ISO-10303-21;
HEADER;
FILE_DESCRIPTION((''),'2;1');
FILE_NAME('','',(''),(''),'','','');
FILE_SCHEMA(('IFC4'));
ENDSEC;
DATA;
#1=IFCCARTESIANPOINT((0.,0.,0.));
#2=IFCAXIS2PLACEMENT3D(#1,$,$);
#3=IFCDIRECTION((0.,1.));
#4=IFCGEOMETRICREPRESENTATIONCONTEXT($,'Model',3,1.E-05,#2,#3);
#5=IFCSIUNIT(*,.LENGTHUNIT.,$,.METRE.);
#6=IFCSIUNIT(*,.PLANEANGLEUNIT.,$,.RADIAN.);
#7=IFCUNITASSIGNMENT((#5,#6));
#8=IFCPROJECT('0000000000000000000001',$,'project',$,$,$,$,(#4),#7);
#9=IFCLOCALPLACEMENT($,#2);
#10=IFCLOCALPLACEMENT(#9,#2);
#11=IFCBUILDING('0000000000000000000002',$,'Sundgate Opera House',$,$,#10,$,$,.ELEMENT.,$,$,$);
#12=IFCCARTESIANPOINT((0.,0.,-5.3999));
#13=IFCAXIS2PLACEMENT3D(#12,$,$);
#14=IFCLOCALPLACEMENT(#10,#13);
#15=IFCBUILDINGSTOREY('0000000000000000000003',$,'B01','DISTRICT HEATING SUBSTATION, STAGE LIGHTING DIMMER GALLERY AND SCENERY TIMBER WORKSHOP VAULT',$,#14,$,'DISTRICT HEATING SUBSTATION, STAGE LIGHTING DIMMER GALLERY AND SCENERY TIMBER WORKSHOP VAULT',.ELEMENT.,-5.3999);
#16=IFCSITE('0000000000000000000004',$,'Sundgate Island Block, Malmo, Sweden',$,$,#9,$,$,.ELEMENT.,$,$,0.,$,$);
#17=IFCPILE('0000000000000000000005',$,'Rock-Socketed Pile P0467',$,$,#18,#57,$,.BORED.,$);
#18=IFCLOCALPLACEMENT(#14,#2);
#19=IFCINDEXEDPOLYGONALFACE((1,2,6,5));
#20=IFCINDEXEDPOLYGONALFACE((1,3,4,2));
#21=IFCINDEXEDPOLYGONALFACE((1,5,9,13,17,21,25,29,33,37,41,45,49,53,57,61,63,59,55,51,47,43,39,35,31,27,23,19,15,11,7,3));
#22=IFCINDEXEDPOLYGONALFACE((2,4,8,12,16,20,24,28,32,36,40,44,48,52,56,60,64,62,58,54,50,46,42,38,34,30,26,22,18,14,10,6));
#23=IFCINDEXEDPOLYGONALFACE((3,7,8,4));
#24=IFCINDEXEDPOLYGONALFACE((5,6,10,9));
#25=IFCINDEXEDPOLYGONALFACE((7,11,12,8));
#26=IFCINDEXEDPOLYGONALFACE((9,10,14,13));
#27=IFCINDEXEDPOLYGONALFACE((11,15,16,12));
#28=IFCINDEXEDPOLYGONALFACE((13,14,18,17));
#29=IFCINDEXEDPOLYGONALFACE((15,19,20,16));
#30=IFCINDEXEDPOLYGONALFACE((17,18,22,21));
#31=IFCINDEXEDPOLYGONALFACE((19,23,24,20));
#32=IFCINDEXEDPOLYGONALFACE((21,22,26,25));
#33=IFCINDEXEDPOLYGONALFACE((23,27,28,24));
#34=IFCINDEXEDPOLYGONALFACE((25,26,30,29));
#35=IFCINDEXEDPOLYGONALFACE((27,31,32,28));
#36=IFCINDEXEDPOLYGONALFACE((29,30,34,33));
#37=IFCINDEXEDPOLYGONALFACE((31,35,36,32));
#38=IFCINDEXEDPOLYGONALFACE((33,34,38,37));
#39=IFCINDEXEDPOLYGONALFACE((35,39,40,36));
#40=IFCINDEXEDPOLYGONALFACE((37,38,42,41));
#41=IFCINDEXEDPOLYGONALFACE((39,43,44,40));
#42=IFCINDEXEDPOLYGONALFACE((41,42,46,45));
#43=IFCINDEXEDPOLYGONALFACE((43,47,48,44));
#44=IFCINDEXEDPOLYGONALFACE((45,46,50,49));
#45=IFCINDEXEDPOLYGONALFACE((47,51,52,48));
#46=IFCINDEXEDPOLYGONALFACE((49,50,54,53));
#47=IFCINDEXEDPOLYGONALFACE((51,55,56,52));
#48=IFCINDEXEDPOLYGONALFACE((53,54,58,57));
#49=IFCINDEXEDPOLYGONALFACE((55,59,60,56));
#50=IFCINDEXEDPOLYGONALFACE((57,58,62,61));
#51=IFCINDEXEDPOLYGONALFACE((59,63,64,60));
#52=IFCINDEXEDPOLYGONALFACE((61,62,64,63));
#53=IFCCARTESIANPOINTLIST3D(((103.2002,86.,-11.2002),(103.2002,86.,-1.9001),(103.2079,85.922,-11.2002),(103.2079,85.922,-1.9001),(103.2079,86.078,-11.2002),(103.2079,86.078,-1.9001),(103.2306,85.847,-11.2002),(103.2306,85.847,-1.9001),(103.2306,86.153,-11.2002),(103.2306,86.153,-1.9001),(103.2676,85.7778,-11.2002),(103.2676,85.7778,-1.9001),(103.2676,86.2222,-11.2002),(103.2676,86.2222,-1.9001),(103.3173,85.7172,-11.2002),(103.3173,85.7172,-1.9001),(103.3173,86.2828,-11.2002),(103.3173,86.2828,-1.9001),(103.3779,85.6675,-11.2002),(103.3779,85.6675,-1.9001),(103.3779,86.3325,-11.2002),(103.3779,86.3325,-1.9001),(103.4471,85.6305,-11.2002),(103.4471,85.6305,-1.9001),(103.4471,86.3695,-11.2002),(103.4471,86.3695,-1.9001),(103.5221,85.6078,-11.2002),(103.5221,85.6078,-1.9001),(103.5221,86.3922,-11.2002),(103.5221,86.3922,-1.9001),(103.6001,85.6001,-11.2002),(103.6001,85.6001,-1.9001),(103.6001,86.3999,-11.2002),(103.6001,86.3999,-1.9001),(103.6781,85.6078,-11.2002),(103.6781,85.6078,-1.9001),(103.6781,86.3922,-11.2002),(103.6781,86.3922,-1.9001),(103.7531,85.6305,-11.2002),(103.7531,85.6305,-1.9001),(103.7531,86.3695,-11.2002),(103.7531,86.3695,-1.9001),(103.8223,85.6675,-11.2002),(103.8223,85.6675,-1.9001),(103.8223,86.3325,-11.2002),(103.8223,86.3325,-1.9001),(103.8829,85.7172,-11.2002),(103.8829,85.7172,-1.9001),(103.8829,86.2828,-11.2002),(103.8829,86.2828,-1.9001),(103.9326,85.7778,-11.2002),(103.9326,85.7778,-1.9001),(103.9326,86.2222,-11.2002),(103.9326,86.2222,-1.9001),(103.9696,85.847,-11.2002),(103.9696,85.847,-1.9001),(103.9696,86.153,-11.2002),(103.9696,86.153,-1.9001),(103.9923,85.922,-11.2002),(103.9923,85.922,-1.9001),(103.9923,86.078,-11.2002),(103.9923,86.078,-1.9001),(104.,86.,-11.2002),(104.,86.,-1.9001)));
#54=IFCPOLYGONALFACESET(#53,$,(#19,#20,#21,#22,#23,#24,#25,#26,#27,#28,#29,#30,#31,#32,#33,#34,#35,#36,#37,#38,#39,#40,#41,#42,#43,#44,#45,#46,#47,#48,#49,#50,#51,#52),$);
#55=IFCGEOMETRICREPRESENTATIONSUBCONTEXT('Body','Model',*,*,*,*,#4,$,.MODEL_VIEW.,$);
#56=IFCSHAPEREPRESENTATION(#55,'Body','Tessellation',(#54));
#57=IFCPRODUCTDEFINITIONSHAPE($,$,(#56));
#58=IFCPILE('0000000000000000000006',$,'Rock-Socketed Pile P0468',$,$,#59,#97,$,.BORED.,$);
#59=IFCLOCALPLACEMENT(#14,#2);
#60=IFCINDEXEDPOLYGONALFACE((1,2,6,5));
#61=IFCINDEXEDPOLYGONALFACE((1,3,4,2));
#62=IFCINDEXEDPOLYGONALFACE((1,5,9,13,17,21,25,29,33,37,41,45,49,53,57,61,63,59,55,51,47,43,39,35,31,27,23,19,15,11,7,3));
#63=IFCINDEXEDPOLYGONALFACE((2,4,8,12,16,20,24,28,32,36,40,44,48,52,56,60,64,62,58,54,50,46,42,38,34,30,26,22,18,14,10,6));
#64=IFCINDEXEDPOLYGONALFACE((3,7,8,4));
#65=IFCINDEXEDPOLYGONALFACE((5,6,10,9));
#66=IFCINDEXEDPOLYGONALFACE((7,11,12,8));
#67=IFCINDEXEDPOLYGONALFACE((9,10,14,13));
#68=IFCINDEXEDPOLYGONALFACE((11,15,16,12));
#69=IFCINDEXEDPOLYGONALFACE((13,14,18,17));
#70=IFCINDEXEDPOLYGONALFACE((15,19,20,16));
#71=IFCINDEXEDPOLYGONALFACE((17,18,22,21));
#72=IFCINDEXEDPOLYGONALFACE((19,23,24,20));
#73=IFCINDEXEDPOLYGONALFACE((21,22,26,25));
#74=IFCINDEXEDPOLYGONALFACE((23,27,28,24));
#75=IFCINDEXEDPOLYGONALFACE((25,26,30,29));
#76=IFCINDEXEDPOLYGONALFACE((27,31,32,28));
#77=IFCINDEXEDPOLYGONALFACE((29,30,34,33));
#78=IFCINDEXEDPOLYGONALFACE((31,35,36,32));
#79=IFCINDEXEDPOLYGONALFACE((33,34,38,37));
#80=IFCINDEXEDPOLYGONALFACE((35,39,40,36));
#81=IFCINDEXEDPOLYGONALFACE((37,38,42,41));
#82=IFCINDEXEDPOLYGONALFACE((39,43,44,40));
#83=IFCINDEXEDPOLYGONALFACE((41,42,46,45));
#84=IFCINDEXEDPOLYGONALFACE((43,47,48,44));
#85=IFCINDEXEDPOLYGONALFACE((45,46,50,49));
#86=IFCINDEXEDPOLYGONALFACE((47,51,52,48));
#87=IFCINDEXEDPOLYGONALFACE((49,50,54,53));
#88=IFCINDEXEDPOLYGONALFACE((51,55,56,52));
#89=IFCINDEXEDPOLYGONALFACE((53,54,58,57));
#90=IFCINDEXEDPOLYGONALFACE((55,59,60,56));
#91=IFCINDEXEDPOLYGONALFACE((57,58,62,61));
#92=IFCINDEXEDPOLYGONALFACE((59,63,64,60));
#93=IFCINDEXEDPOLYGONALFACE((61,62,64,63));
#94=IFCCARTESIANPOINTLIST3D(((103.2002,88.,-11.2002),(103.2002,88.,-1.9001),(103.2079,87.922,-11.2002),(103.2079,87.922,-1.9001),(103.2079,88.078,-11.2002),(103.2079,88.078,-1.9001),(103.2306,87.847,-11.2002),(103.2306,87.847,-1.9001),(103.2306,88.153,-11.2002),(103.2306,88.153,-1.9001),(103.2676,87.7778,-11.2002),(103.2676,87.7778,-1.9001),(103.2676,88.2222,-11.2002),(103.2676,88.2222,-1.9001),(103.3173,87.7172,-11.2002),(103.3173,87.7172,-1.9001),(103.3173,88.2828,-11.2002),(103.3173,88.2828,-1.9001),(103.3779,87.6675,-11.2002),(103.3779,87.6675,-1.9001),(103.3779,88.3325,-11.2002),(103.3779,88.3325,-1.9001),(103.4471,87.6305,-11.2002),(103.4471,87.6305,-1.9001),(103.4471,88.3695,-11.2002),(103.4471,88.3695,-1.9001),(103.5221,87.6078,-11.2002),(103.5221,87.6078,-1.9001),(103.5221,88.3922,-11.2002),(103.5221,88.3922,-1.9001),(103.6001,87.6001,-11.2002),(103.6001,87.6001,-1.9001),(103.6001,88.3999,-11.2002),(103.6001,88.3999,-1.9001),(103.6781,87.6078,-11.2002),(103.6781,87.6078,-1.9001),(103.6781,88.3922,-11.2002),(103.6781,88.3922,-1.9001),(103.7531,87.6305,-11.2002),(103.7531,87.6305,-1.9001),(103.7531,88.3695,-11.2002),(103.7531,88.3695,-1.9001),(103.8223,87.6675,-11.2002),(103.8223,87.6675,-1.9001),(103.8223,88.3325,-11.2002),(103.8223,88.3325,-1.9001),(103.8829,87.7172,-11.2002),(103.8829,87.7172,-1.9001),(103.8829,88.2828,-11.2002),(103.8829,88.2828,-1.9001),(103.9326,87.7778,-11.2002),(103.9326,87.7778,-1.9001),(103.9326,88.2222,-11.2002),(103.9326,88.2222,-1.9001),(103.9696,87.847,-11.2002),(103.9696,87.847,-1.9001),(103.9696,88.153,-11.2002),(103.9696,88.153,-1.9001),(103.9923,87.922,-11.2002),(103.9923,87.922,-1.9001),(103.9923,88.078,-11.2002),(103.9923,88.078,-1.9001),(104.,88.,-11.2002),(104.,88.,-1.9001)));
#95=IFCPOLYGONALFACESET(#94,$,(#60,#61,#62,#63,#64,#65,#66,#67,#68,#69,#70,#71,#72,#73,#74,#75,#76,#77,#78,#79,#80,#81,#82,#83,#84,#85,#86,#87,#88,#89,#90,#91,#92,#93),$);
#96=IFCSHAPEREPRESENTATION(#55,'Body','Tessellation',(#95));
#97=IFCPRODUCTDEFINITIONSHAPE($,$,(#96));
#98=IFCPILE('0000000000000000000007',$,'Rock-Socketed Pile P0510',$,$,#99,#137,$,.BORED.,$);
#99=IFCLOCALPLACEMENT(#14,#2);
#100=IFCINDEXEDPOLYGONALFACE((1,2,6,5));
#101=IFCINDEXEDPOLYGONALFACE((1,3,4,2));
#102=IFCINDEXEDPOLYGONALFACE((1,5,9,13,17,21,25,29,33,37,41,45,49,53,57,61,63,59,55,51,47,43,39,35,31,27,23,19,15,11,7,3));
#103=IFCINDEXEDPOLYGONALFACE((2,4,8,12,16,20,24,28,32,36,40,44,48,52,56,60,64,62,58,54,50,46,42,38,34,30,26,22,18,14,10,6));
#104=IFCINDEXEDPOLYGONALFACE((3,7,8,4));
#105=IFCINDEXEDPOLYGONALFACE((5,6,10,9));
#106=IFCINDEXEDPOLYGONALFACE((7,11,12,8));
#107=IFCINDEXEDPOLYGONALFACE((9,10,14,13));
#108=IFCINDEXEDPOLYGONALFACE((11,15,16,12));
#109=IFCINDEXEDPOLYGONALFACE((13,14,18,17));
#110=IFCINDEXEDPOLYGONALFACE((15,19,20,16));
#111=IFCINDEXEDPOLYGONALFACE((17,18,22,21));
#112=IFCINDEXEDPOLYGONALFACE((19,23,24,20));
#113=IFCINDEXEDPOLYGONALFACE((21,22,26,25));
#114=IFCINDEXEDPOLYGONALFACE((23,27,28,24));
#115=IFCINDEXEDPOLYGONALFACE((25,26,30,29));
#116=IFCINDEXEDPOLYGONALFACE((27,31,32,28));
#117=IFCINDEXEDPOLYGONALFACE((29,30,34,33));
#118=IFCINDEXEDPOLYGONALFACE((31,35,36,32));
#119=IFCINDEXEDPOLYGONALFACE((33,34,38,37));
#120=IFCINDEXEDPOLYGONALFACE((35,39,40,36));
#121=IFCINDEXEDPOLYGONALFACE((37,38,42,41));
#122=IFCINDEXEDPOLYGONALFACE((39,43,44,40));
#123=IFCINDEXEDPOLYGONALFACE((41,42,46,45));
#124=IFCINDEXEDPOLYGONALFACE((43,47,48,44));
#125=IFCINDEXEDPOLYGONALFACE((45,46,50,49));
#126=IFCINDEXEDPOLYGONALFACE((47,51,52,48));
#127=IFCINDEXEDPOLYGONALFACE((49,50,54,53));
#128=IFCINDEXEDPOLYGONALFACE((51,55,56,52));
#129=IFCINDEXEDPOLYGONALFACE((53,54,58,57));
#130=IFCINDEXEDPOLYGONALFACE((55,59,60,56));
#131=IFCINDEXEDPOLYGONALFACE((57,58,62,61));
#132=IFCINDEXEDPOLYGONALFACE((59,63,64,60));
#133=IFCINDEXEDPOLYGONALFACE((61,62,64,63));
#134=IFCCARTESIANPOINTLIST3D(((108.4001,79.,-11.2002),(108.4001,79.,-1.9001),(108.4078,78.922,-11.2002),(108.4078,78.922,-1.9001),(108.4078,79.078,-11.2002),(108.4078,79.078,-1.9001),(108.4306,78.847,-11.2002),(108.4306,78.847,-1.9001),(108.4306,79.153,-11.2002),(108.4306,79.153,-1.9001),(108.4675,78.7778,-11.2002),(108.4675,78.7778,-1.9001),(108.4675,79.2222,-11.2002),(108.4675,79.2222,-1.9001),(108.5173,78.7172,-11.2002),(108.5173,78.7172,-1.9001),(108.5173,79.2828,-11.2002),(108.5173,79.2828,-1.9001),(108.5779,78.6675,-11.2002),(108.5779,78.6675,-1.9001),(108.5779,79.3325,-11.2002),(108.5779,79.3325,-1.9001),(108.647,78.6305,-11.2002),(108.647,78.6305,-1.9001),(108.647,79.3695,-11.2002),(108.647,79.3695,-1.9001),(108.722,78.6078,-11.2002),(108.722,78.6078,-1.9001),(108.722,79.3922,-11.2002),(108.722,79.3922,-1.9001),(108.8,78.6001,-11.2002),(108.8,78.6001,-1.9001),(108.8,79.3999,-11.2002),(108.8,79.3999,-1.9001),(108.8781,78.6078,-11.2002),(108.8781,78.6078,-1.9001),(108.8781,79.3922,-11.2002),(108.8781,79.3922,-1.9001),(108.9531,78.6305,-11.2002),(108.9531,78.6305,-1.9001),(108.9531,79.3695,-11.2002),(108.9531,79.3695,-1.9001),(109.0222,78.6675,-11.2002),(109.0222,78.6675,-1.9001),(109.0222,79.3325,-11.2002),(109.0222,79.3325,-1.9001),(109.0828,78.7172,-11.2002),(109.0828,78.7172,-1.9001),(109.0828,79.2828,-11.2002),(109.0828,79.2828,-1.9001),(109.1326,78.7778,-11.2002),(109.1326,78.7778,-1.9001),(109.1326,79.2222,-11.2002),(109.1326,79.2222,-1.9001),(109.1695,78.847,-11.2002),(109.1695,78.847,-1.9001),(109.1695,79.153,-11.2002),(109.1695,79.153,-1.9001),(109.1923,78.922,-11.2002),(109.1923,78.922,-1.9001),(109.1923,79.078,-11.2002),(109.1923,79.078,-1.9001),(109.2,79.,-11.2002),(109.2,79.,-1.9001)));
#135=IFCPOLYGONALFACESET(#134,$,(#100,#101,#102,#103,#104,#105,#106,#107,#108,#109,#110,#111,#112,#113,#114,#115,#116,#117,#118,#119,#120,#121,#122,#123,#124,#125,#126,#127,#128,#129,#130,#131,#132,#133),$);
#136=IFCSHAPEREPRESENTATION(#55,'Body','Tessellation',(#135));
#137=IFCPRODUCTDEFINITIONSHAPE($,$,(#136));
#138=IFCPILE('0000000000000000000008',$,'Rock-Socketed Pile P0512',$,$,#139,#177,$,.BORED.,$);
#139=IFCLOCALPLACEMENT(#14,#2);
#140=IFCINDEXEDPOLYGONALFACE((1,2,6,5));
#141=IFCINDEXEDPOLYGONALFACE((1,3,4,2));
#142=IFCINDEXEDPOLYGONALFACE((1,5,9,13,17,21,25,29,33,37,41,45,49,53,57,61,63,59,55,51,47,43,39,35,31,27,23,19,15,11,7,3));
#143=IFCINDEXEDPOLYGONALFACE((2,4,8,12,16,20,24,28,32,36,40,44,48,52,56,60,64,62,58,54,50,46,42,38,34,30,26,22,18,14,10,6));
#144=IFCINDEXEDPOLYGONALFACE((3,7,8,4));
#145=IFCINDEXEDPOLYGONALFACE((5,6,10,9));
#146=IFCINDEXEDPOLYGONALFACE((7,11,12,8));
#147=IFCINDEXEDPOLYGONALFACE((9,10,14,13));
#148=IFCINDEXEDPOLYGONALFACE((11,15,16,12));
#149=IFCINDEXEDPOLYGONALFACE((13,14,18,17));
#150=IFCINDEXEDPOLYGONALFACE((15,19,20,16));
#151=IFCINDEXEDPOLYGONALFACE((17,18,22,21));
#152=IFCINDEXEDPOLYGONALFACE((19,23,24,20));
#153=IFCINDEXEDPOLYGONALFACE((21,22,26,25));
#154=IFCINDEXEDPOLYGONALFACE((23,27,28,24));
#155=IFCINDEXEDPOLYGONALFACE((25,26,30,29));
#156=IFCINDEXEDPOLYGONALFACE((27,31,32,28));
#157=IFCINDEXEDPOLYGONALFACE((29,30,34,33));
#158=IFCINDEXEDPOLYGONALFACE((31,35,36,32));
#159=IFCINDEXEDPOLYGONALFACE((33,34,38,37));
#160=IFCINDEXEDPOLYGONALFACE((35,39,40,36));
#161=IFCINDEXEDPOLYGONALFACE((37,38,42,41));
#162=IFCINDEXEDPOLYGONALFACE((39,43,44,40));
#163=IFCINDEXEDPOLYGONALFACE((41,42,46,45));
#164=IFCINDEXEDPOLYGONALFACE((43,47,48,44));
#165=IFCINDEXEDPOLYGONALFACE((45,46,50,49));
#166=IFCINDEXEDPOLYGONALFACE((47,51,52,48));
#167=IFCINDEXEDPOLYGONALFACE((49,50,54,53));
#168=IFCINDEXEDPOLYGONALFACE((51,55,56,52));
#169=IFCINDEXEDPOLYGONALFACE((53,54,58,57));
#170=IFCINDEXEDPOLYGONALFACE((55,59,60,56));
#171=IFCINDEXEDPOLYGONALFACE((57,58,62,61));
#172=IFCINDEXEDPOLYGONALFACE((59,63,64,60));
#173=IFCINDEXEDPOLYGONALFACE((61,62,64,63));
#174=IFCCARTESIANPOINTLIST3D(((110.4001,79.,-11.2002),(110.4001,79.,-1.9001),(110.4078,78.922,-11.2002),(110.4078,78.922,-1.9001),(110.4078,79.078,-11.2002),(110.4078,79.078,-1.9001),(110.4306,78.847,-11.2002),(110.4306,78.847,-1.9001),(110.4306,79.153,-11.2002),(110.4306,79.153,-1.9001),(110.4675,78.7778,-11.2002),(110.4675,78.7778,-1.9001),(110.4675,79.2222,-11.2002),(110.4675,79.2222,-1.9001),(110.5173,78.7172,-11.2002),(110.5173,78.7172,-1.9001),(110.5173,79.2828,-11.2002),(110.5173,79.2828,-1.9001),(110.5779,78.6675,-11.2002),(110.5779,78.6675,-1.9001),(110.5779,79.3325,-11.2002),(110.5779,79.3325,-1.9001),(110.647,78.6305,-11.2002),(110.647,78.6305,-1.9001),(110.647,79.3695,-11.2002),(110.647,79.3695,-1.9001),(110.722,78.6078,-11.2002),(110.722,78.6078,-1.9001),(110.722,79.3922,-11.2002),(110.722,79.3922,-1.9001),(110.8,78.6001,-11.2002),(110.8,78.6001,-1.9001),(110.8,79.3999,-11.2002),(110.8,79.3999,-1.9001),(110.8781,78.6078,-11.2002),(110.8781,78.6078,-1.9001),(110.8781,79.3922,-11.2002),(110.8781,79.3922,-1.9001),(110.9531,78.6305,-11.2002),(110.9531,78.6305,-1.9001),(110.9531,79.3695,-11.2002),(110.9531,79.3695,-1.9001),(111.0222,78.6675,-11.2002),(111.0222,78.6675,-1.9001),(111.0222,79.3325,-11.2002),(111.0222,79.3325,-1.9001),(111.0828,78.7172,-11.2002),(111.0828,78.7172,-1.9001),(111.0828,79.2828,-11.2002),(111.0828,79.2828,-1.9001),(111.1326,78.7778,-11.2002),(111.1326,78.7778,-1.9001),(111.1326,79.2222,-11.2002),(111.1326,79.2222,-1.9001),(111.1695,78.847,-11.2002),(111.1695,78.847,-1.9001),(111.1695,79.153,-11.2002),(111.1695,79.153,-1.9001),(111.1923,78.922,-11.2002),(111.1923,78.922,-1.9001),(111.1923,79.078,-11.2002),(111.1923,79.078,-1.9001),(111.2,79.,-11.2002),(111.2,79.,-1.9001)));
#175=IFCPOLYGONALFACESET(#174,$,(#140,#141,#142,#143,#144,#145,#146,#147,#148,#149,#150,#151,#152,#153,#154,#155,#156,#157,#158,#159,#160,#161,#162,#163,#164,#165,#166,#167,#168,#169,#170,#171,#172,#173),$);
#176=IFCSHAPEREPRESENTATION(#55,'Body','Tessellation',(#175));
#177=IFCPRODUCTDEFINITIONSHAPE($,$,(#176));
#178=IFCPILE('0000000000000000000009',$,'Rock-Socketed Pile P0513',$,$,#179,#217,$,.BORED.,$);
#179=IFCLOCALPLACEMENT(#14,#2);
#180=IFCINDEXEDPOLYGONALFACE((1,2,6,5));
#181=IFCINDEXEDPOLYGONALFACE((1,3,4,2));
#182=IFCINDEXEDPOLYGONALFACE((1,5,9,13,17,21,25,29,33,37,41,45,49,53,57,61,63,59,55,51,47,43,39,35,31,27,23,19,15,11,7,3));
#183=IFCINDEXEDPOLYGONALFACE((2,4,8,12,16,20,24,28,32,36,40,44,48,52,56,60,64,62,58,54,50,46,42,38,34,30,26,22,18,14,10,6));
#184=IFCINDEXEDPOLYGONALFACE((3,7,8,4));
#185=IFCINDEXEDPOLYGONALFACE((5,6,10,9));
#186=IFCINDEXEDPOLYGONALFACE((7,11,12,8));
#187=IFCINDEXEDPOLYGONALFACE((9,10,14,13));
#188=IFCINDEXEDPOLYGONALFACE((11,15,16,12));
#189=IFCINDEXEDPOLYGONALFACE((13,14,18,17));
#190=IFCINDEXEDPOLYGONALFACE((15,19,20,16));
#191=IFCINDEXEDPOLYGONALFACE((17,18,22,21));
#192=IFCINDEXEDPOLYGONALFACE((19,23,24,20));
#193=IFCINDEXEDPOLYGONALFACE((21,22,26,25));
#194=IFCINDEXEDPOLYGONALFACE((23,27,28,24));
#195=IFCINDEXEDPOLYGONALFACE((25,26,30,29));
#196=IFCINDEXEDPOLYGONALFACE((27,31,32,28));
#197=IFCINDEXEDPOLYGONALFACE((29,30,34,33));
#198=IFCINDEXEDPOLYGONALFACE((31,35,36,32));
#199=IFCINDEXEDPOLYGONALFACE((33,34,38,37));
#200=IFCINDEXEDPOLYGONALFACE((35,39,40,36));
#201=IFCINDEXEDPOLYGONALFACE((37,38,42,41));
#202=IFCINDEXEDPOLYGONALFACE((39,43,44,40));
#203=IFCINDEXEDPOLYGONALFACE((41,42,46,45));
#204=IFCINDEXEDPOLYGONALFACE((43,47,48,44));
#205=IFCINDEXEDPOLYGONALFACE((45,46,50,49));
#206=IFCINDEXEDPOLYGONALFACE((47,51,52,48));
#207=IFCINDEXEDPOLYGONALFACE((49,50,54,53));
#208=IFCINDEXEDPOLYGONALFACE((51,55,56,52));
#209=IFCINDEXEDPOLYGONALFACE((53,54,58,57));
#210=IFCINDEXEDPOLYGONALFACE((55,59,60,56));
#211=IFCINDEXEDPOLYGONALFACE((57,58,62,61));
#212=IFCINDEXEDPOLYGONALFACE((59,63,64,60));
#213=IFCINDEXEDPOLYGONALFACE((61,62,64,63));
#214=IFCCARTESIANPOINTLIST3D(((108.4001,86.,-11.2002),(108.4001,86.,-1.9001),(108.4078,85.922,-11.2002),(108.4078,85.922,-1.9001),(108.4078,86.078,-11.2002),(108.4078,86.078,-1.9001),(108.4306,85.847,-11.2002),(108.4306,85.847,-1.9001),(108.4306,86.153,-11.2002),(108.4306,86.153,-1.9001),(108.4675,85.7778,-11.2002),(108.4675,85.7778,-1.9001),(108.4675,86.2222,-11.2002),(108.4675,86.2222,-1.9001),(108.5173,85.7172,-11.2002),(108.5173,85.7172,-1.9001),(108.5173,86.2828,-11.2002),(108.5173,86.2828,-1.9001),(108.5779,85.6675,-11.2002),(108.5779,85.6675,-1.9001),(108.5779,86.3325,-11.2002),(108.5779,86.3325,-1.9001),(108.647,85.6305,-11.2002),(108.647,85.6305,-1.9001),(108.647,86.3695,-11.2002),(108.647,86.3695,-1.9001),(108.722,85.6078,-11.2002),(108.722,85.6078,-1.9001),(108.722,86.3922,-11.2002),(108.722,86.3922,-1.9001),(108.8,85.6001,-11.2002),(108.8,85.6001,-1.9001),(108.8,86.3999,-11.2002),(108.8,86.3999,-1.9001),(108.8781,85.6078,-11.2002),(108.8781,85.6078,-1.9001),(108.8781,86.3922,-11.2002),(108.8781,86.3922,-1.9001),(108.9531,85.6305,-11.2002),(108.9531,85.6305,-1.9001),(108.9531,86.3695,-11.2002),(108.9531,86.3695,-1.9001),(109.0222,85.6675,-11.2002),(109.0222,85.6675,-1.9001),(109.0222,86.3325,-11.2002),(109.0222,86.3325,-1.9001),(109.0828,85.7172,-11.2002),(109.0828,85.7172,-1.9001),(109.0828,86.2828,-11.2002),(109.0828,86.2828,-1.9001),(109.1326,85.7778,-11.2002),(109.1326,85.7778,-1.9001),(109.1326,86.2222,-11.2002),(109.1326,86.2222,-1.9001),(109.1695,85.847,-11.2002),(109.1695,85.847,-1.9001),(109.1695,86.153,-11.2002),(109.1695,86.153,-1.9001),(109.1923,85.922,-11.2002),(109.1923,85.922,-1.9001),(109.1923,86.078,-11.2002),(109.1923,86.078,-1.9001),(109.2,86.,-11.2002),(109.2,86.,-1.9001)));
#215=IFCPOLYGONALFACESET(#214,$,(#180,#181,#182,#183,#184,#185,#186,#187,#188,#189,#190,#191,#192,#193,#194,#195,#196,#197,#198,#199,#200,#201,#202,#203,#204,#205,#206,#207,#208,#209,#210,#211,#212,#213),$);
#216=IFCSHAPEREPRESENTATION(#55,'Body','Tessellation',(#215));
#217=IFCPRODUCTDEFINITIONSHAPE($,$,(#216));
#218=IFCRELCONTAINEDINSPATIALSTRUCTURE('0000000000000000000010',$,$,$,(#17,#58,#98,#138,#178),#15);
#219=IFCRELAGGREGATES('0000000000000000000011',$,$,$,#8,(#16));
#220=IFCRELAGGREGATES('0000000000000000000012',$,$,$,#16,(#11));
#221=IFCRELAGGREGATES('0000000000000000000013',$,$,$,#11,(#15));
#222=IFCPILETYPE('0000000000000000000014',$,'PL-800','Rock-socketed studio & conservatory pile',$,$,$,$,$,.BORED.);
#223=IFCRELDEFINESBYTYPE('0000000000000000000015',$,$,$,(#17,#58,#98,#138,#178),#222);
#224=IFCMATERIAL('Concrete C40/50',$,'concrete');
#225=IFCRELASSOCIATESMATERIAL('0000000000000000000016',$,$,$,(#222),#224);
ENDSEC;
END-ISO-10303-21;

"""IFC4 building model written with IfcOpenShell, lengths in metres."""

from ifc_helpers import new_model, si_unit, direction, frame, origin, origin_2d, place, context, subcontext, project, spatial, circle, extrude, material, material_profile, profile_set, type_object, element, save


model = new_model("IFC4")

# Units and contexts
model_context = context("Model", 3, precision=1e-05, world=origin(), true_north=direction((0.0, 1.0)))
body_context = subcontext(model_context, "Body", "Model", "MODEL_VIEW")
ifc_project = project(units=[si_unit("LENGTHUNIT", "METRE"), si_unit("PLANEANGLEUNIT", "RADIAN")], contexts=[model_context])

# Site, building, storey
site_placement = place(None, origin())
site = spatial("IfcSite", under=ifc_project, at=site_placement, Name="Sundgate Island Block, Malmo, Sweden", CompositionType="ELEMENT", RefElevation=0.0)
building_placement = place(site_placement, origin())
building = spatial("IfcBuilding", under=site, at=building_placement, Name="Sundgate Opera House", CompositionType="ELEMENT")
storey_placement = place(building_placement, frame((0.0, 0.0, -5.3999)))
storey = spatial("IfcBuildingStorey", under=building, at=storey_placement, Name="B01", Description="DISTRICT HEATING SUBSTATION, STAGE LIGHTING DIMMER GALLERY AND SCENERY TIMBER WORKSHOP VAULT", LongName="DISTRICT HEATING SUBSTATION, STAGE LIGHTING DIMMER GALLERY AND SCENERY TIMBER WORKSHOP VAULT", CompositionType="ELEMENT", Elevation=-5.3999)

# Piles
ifc_material_1 = material(Name="Concrete C40/50", Category="concrete")
ifc_material_profile_1 = material_profile(ifc_material_1, circle(Radius=0.3999, at=origin_2d()), Name="PILE D800")
ifc_profile_set_1 = profile_set([ifc_material_profile_1], Name="Concrete C40/50")
pile_type = type_object("IfcPileType", Name="PL-800", Description="Rock-socketed studio & conservatory pile", PredefinedType="BORED", material=ifc_profile_set_1)
for number, where, z_axis, x_axis, name in (
    (1, (103.6001, 86.0, -1.9001), (0.0, 0.0, -1.0), (1.0, 0.0, 0.0), "Rock-Socketed Pile P0467"),
    (2, (103.6001, 88.0, -1.9001), (0.0, 0.0, -1.0), (1.0, 0.0, 0.0), "Rock-Socketed Pile P0468"),
    (3, (108.8, 79.0, -1.9001), (0.0, 0.0, -1.0), (1.0, 0.0, 0.0), "Rock-Socketed Pile P0510"),
    (4, (110.8, 79.0, -1.9001), (0.0, 0.0, -1.0), (1.0, 0.0, 0.0), "Rock-Socketed Pile P0512"),
    (5, (108.8, 86.0, -1.9001), (0.0, 0.0, -1.0), (1.0, 0.0, 0.0), "Rock-Socketed Pile P0513"),
):
    element("IfcPile", number, at=place(storey_placement, frame(where, z_axis=z_axis, x_axis=x_axis)), inside=storey, type_object=pile_type, Name=name, PredefinedType="BORED", context=body_context, shape_type="SweptSolid", body=[
        extrude(circle(Radius=0.3999, at=origin_2d()), origin(), (0.0, 0.0, 1.0), 9.3),
    ])

save(model, "model.ifc")
